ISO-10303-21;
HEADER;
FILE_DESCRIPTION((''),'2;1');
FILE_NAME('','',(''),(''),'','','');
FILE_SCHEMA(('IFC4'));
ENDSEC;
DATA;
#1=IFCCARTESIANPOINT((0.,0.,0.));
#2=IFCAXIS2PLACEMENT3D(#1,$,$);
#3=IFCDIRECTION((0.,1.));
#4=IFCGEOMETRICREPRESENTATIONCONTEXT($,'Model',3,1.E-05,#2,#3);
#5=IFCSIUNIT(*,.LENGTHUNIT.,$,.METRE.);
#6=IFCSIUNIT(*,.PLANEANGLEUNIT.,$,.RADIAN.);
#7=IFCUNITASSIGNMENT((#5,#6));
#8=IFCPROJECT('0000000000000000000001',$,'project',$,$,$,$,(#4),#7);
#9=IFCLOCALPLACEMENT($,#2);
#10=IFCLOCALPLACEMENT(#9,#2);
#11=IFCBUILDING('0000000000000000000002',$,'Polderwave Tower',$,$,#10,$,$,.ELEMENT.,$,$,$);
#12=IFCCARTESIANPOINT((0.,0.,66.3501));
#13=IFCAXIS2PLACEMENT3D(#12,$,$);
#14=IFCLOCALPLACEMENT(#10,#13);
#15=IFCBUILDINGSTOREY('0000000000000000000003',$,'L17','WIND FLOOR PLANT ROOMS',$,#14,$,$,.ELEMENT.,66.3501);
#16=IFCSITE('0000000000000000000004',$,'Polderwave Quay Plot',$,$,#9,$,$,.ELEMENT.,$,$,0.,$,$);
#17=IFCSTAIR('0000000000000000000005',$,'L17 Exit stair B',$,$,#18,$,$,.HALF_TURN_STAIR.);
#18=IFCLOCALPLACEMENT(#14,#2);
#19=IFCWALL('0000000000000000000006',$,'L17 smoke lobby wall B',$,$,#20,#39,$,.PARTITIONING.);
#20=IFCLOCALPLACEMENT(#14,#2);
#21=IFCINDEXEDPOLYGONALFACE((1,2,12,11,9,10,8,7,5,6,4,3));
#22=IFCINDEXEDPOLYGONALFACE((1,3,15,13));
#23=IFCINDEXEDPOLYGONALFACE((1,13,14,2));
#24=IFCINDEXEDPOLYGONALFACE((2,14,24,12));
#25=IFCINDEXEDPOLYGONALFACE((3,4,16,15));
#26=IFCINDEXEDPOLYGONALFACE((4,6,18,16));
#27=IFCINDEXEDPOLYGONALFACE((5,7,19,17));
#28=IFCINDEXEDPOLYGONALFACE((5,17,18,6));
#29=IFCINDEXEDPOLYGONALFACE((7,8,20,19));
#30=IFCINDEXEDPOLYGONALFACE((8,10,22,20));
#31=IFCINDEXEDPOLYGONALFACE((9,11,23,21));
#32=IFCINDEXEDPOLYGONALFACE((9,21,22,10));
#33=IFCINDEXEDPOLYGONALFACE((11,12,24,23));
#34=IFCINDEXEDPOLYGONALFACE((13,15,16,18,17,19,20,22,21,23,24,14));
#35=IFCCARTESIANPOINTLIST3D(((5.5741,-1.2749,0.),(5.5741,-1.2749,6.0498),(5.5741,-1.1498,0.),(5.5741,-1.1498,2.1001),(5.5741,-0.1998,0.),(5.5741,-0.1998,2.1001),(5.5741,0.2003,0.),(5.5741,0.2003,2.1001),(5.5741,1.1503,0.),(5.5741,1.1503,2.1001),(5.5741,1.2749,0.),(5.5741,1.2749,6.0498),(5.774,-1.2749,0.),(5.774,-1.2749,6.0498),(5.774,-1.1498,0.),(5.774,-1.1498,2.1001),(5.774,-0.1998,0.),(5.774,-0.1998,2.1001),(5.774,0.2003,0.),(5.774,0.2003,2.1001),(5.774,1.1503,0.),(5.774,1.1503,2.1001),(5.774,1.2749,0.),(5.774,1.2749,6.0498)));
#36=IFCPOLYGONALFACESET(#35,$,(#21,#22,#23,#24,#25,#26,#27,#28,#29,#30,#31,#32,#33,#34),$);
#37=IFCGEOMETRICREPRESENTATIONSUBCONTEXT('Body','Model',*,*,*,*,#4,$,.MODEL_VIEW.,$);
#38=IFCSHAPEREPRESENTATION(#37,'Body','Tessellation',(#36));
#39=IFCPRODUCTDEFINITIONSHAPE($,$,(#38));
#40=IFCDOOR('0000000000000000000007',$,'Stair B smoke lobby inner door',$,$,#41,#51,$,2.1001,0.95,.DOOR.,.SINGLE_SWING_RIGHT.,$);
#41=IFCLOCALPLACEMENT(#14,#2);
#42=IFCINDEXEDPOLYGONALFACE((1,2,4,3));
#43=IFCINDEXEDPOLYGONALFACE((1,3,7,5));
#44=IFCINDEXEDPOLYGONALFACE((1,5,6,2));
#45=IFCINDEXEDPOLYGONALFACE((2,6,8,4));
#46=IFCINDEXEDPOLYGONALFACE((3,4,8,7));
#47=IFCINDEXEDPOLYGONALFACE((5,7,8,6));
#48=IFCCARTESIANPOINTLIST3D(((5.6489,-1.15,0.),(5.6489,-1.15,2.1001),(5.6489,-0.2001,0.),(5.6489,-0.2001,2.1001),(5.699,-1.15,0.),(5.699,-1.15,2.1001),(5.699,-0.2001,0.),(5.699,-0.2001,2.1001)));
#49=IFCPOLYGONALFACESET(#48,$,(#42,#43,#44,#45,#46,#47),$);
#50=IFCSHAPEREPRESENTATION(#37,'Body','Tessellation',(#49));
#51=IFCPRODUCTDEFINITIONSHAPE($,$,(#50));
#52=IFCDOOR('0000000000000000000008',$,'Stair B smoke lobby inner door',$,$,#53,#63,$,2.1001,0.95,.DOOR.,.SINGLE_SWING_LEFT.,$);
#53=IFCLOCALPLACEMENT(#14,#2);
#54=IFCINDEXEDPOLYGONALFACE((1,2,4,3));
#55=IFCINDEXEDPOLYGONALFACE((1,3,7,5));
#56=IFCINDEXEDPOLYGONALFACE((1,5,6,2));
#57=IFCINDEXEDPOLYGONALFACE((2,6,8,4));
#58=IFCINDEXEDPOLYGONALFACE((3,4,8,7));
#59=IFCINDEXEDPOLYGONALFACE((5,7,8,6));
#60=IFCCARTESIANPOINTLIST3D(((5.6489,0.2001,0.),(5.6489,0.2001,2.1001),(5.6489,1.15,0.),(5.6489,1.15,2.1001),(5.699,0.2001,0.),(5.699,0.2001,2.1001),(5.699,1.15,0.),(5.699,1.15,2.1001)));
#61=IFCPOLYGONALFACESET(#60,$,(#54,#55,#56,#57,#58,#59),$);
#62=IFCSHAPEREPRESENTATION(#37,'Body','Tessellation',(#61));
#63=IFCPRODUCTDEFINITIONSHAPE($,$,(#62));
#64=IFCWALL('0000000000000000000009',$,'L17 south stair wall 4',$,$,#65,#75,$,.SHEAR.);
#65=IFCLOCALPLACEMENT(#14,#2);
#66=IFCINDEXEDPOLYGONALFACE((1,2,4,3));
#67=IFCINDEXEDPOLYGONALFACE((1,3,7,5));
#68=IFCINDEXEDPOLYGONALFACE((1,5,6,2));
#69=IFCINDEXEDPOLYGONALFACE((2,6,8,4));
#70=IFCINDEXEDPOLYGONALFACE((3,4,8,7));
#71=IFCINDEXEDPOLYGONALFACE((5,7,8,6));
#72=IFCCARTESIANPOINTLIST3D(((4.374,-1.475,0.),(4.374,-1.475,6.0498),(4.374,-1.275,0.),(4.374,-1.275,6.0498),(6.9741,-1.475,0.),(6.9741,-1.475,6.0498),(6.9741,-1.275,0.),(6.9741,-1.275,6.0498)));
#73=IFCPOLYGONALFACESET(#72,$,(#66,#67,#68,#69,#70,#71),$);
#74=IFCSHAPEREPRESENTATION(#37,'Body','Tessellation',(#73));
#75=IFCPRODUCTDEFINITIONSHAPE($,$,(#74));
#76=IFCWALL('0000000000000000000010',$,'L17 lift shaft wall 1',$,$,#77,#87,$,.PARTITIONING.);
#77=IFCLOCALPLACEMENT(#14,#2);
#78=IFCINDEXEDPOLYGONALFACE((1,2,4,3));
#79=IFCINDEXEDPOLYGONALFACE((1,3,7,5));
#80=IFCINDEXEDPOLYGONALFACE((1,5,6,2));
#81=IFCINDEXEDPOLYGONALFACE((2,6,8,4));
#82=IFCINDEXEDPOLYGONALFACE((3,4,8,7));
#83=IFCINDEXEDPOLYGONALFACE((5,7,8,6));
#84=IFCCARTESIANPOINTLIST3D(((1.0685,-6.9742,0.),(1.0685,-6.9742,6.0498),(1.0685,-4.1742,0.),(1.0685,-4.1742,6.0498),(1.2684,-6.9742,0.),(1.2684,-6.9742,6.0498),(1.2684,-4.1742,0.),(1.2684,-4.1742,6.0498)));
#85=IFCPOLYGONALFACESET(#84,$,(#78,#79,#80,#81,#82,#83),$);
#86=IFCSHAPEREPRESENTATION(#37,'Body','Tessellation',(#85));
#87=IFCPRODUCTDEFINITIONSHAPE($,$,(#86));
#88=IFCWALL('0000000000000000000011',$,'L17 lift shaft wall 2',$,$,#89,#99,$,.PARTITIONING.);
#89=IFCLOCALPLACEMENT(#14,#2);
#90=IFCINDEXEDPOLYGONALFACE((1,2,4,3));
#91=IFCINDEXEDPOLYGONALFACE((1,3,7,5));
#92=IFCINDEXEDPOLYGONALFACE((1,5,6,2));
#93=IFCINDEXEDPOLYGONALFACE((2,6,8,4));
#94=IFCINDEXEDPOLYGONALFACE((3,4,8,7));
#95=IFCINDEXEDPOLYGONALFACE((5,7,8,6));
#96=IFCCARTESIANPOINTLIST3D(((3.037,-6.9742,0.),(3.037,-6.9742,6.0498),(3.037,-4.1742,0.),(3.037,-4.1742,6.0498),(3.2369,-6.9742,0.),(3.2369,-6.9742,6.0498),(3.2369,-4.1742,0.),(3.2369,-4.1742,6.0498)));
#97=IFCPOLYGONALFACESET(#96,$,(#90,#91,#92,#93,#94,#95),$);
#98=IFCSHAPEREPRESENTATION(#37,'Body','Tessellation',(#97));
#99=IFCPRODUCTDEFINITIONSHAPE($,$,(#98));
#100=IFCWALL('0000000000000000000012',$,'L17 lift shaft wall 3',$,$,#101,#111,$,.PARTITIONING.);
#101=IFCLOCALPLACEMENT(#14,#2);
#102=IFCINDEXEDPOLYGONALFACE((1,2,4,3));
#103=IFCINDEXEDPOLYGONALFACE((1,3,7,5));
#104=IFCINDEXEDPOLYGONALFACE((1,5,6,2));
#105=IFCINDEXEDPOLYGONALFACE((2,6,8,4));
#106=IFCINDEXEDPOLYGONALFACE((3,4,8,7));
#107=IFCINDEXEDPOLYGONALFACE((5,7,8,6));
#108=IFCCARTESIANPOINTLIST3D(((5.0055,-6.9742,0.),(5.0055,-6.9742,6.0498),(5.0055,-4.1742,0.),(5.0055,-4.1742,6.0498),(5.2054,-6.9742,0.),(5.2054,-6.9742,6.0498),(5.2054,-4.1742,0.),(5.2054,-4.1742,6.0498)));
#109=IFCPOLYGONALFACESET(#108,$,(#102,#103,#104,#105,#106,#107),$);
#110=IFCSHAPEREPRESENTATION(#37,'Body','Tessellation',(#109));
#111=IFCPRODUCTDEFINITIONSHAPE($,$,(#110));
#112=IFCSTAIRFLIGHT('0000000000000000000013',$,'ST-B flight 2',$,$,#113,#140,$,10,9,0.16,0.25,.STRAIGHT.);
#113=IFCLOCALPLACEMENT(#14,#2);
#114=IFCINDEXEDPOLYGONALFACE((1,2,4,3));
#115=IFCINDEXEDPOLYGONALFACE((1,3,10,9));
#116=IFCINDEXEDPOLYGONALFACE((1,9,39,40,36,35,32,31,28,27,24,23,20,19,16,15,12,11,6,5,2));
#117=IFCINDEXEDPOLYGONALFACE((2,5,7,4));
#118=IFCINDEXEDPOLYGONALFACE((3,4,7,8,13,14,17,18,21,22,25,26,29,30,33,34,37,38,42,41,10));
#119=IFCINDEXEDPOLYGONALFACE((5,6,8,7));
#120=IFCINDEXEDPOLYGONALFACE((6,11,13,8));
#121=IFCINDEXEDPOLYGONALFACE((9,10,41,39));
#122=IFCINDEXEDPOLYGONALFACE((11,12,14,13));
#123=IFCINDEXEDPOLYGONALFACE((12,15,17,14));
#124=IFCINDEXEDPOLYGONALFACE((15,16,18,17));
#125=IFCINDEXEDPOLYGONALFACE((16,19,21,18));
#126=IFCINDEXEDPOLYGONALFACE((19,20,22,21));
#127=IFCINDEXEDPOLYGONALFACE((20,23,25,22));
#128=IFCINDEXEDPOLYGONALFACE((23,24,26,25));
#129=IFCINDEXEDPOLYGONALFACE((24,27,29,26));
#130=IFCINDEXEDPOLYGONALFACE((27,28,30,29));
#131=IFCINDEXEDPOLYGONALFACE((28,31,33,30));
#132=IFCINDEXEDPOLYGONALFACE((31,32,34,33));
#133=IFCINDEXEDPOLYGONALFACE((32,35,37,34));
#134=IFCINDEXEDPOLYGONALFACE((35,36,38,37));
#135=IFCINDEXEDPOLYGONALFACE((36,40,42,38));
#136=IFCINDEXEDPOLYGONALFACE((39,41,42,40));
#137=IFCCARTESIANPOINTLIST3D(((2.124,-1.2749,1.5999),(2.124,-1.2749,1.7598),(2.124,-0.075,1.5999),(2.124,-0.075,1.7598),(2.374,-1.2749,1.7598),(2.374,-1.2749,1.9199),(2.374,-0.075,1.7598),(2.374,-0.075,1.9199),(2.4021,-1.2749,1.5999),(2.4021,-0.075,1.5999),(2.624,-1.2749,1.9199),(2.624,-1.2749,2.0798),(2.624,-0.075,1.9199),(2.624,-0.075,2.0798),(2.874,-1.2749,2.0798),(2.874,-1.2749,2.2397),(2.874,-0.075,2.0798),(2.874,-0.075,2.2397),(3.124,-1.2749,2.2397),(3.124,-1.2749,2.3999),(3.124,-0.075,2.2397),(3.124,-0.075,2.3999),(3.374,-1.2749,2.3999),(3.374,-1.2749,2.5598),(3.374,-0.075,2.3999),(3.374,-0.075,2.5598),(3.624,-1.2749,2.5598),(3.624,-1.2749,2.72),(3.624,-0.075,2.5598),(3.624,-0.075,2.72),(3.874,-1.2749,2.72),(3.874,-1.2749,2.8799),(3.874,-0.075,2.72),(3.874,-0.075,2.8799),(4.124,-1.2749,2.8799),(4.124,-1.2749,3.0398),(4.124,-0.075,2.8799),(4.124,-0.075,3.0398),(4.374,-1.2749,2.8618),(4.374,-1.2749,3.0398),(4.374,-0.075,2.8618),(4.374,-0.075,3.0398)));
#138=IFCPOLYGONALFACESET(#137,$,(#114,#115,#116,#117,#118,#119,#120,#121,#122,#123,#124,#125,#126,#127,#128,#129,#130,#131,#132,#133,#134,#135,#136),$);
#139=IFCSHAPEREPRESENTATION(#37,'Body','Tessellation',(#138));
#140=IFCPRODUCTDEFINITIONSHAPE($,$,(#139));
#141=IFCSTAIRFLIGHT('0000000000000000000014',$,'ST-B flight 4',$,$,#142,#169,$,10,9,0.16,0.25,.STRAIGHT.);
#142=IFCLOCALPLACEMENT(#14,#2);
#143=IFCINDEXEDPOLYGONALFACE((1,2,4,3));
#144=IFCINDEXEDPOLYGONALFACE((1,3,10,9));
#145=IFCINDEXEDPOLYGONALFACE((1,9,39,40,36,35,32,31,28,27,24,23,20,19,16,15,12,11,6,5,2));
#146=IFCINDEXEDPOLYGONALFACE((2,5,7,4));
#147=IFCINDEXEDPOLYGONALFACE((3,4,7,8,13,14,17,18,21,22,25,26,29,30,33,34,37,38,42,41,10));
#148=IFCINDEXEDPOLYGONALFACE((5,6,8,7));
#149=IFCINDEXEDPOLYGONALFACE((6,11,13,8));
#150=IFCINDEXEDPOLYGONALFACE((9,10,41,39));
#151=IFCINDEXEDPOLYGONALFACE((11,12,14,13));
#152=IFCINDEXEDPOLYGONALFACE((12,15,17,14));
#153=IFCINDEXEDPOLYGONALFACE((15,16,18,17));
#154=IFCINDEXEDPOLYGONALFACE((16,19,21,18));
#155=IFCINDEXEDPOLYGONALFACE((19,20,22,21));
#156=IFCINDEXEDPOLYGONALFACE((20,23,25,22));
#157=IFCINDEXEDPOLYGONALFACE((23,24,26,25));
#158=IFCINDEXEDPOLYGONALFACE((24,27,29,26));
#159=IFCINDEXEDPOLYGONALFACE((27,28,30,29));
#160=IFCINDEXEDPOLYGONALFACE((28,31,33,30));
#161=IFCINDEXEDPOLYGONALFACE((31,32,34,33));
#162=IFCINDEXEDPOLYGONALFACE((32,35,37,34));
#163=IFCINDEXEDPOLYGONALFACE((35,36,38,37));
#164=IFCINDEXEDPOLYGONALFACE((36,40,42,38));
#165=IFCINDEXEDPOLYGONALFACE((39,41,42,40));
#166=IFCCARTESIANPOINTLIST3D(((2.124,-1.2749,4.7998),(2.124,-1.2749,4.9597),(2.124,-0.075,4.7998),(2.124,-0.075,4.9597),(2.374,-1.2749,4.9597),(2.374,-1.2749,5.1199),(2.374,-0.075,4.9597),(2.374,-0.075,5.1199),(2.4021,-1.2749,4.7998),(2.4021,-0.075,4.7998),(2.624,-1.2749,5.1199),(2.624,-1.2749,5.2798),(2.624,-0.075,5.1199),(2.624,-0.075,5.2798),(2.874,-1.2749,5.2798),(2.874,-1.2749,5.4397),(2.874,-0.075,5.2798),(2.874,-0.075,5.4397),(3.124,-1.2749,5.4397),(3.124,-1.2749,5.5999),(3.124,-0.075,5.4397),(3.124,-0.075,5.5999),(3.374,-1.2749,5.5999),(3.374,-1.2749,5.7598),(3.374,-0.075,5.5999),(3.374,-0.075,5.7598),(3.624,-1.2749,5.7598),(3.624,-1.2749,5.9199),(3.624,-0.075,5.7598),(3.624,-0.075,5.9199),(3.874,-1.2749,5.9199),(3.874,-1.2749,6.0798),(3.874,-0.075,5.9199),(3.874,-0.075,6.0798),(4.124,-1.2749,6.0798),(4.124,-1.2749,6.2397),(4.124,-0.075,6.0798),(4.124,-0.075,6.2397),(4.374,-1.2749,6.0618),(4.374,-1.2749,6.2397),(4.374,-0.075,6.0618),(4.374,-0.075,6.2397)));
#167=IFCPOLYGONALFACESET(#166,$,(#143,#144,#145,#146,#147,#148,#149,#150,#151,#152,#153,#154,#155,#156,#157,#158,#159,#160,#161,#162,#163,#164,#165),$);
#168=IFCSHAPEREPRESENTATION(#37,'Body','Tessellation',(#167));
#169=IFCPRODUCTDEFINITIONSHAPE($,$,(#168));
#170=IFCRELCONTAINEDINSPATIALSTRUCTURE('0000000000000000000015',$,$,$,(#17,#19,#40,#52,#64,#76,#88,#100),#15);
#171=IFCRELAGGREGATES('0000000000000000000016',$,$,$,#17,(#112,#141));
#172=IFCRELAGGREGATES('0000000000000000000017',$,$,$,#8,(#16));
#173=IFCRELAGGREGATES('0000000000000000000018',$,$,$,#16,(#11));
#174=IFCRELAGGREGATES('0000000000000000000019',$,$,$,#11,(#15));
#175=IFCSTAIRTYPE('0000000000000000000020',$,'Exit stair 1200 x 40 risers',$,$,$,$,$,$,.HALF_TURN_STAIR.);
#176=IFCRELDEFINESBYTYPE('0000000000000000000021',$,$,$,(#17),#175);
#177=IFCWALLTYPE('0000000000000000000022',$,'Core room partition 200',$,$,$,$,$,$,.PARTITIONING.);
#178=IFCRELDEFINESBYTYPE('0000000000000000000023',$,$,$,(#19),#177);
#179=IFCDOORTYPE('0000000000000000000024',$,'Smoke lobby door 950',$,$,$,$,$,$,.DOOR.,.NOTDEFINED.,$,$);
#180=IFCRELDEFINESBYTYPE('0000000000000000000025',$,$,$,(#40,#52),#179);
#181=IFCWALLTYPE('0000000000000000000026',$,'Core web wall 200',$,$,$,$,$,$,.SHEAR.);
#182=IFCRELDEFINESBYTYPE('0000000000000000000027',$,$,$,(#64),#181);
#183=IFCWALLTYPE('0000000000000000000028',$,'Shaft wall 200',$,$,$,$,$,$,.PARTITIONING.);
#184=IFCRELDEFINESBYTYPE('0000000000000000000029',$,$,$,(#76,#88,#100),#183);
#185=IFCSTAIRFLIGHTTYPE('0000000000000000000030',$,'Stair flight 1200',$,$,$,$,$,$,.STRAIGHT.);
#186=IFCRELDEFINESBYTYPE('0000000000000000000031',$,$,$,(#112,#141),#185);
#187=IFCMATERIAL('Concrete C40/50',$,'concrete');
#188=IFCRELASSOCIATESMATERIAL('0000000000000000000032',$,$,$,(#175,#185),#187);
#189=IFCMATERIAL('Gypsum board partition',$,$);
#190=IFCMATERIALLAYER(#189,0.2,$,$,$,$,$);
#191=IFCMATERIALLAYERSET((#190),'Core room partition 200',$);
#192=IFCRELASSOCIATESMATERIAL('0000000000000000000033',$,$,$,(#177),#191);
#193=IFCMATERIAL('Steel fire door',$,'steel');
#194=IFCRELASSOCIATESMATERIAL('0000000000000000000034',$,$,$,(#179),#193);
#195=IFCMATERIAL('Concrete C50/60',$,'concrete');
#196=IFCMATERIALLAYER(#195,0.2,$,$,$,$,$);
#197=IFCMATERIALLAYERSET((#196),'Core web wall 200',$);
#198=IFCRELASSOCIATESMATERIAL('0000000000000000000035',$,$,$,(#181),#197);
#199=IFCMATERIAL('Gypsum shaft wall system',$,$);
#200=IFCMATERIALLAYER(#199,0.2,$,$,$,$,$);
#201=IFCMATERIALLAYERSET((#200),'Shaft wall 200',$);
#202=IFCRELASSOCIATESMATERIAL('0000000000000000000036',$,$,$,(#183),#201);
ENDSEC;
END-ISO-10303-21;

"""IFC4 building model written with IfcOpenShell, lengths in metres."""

from ifc_helpers import new_model, si_unit, direction, frame, frame_2d, origin, place, context, subcontext, project, spatial, polyline, rectangle, outline, extrude, material, layer, layer_set, type_object, element, fill, aggregate, save


model = new_model("IFC4")

# Units and contexts
model_context = context("Model", 3, precision=1e-05, world=origin(), true_north=direction((0.0, 1.0)))
body_context = subcontext(model_context, "Body", "Model", "MODEL_VIEW")
ifc_project = project(units=[si_unit("LENGTHUNIT", "METRE"), si_unit("PLANEANGLEUNIT", "RADIAN")], contexts=[model_context])

# Site, building, storey
site_placement = place(None, origin())
site = spatial("IfcSite", under=ifc_project, at=site_placement, Name="Polderwave Quay Plot", CompositionType="ELEMENT", RefElevation=0.0)
building_placement = place(site_placement, origin())
building = spatial("IfcBuilding", under=site, at=building_placement, Name="Polderwave Tower", CompositionType="ELEMENT")
storey_placement = place(building_placement, frame((0.0, 0.0, 66.3501)))
storey = spatial("IfcBuildingStorey", under=building, at=storey_placement, Name="L17", Description="WIND FLOOR PLANT ROOMS", CompositionType="ELEMENT", Elevation=66.3501)

# Stair
ifc_material_1 = material(Name="Concrete C40/50", Category="concrete")
stair_type = type_object("IfcStairType", Name="Exit stair 1200 x 40 risers", PredefinedType="HALF_TURN_STAIR", material=ifc_material_1)
stair_1_placement = place(storey_placement, origin())
stair_1 = element("IfcStair", 1, at=stair_1_placement, inside=storey, type_object=stair_type, Name="L17 Exit stair B", PredefinedType="HALF_TURN_STAIR")

# Wall, openings, doors
ifc_material_2 = material(Name="Steel fire door", Category="steel")
ifc_material_3 = material(Name="Gypsum board partition")
ifc_layer_1 = layer(ifc_material_3, 0.2)
ifc_layer_set_1 = layer_set([ifc_layer_1], Name="Core room partition 200")
wall_type_1 = type_object("IfcWallType", Name="Core room partition 200", PredefinedType="PARTITIONING", material=ifc_layer_set_1)
wall_1_placement = place(storey_placement, frame((5.6741, -1.2749, 0.0), z_axis=(0.0, 0.0, 1.0), x_axis=(0.0, 1.0, 0.0)))
wall_1 = element("IfcWall", 2, at=wall_1_placement, inside=storey, type_object=wall_type_1, Name="L17 smoke lobby wall B", PredefinedType="PARTITIONING", context=body_context, shape_type="SweptSolid", body=[
    extrude(rectangle(XDim=2.5498, YDim=0.2, at=frame_2d((1.2749, 0.0))), origin(), (0.0, 0.0, 1.0), 6.0498),
])
opening_1_placement = place(wall_1_placement, frame((0.125, 0.0, 0.0)))
opening_1 = element("IfcOpeningElement", 3, at=opening_1_placement, cuts=wall_1, PredefinedType="OPENING", context=body_context, shape_type="SweptSolid", body=[
    extrude(rectangle(XDim=0.95, YDim=2.1001, at=frame_2d((0.4751, 1.05))), frame((0.0, 0.1099, 0.0), z_axis=(0.0, -1.0, 0.0), x_axis=(1.0, 0.0, 0.0)), (0.0, 0.0, 1.0), 0.22),
])
opening_2_placement = place(wall_1_placement, frame((1.4751, 0.0, 0.0)))
opening_2 = element("IfcOpeningElement", 4, at=opening_2_placement, cuts=wall_1, PredefinedType="OPENING", context=body_context, shape_type="SweptSolid", body=[
    extrude(rectangle(XDim=0.95, YDim=2.1001, at=frame_2d((0.4751, 1.05))), frame((0.0, 0.1099, 0.0), z_axis=(0.0, -1.0, 0.0), x_axis=(1.0, 0.0, 0.0)), (0.0, 0.0, 1.0), 0.22),
])
door_type_1 = type_object("IfcDoorType", Name="Smoke lobby door 950", OperationType="NOTDEFINED", PredefinedType="DOOR", material=ifc_material_2)
door_1_placement = place(opening_1_placement, frame((0.95, 0.0, 0.0), z_axis=(0.0, 0.0, 1.0), x_axis=(-1.0, 0.0, 0.0)))
door_1 = element("IfcDoor", 5, at=door_1_placement, inside=storey, type_object=door_type_1, Name="Stair B smoke lobby inner door", OperationType="SINGLE_SWING_RIGHT", OverallHeight=2.1001, OverallWidth=0.95, PredefinedType="DOOR", context=body_context, shape_type="SweptSolid", body=[
    extrude(rectangle(XDim=0.95, YDim=2.1001, at=frame_2d((0.4751, 1.05))), frame((0.0, 0.0249, 0.0), z_axis=(0.0, -1.0, 0.0), x_axis=(1.0, 0.0, 0.0)), (0.0, 0.0, 1.0), 0.05),
])
fill(opening_1, door_1)
door_2_placement = place(opening_2_placement, frame((0.95, 0.0, 0.0), z_axis=(0.0, 0.0, 1.0), x_axis=(-1.0, 0.0, 0.0)))
door_2 = element("IfcDoor", 6, at=door_2_placement, inside=storey, type_object=door_type_1, Name="Stair B smoke lobby inner door", OperationType="SINGLE_SWING_LEFT", OverallHeight=2.1001, OverallWidth=0.95, PredefinedType="DOOR", context=body_context, shape_type="SweptSolid", body=[
    extrude(rectangle(XDim=0.95, YDim=2.1001, at=frame_2d((0.4751, 1.05))), frame((0.0, 0.0249, 0.0), z_axis=(0.0, -1.0, 0.0), x_axis=(1.0, 0.0, 0.0)), (0.0, 0.0, 1.0), 0.05),
])
fill(opening_2, door_2)

# Walls
ifc_material_4 = material(Name="Concrete C50/60", Category="concrete")
ifc_layer_2 = layer(ifc_material_4, 0.2)
ifc_layer_set_2 = layer_set([ifc_layer_2], Name="Core web wall 200")
wall_type_2 = type_object("IfcWallType", Name="Core web wall 200", PredefinedType="SHEAR", material=ifc_layer_set_2)
wall_2_placement = place(storey_placement, frame((4.374, -1.375, 0.0), z_axis=(0.0, 0.0, 1.0), x_axis=(1.0, 0.0, 0.0)))
element("IfcWall", 7, at=wall_2_placement, inside=storey, type_object=wall_type_2, Name="L17 south stair wall 4", PredefinedType="SHEAR", context=body_context, shape_type="SweptSolid", body=[
    extrude(rectangle(XDim=2.6001, YDim=0.2, at=frame_2d((1.3, 0.0))), origin(), (0.0, 0.0, 1.0), 6.0498),
])
ifc_material_5 = material(Name="Gypsum shaft wall system")
ifc_layer_3 = layer(ifc_material_5, 0.2)
ifc_layer_set_3 = layer_set([ifc_layer_3], Name="Shaft wall 200")
wall_type_3 = type_object("IfcWallType", Name="Shaft wall 200", PredefinedType="PARTITIONING", material=ifc_layer_set_3)
for number, where, z_axis, x_axis, name in (
    (8, (1.1685, -6.9741, 0.0), (0.0, 0.0, 1.0), (0.0, 1.0, 0.0), "L17 lift shaft wall 1"),
    (9, (3.137, -6.9741, 0.0), (0.0, 0.0, 1.0), (0.0, 1.0, 0.0), "L17 lift shaft wall 2"),
    (10, (5.1055, -6.9741, 0.0), (0.0, 0.0, 1.0), (0.0, 1.0, 0.0), "L17 lift shaft wall 3"),
):
    element("IfcWall", number, at=place(storey_placement, frame(where, z_axis=z_axis, x_axis=x_axis)), inside=storey, type_object=wall_type_3, Name=name, PredefinedType="PARTITIONING", context=body_context, shape_type="SweptSolid", body=[
        extrude(rectangle(XDim=2.8, YDim=0.2, at=frame_2d((1.3999, 0.0))), origin(), (0.0, 0.0, 1.0), 6.0498),
    ])

# Stair flights
stair_flight_type = type_object("IfcStairFlightType", Name="Stair flight 1200", PredefinedType="STRAIGHT", material=ifc_material_1)
stair_flight_1_placement = place(storey_placement, frame((2.124, -0.675, 1.5999), z_axis=(0.0, 0.0, 1.0), x_axis=(1.0, 0.0, 0.0)))
stair_flight_1 = element("IfcStairFlight", 11, at=stair_flight_1_placement, type_object=stair_flight_type, Name="ST-B flight 2", NumberOfRisers=10, NumberOfTreads=9, PredefinedType="STRAIGHT", RiserHeight=0.16, TreadLength=0.25, context=body_context, shape_type="SweptSolid", body=[
    extrude(outline(polyline([(0.0, 0.0), (0.0, 0.1599), (0.25, 0.1599), (0.25, 0.3201), (0.5, 0.3201), (0.5, 0.48), (0.75, 0.48), (0.75, 0.6399), (1.0, 0.6399), (1.0, 0.8), (1.25, 0.8), (1.25, 0.96), (1.5, 0.96), (1.5, 1.1201), (1.75, 1.1201), (1.75, 1.28), (2.0, 1.28), (2.0, 1.4399), (2.25, 1.4399), (2.25, 1.6001), (2.25, 1.262), (0.2781, 0.0), (0.0, 0.0)])), frame((0.0, 0.6001, 0.0), z_axis=(0.0, -1.0, 0.0), x_axis=(1.0, 0.0, 0.0)), (0.0, 0.0, 1.0), 1.2),
])
stair_flight_2_placement = place(storey_placement, frame((2.124, -0.675, 4.7998), z_axis=(0.0, 0.0, 1.0), x_axis=(1.0, 0.0, 0.0)))
stair_flight_2 = element("IfcStairFlight", 12, at=stair_flight_2_placement, type_object=stair_flight_type, Name="ST-B flight 4", NumberOfRisers=10, NumberOfTreads=9, PredefinedType="STRAIGHT", RiserHeight=0.16, TreadLength=0.25, context=body_context, shape_type="SweptSolid", body=[
    extrude(outline(polyline([(0.0, 0.0), (0.0, 0.1599), (0.25, 0.1599), (0.25, 0.3201), (0.5, 0.3201), (0.5, 0.48), (0.75, 0.48), (0.75, 0.6399), (1.0, 0.6399), (1.0, 0.8), (1.25, 0.8), (1.25, 0.96), (1.5, 0.96), (1.5, 1.1201), (1.75, 1.1201), (1.75, 1.28), (2.0, 1.28), (2.0, 1.4399), (2.25, 1.4399), (2.25, 1.6001), (2.25, 1.262), (0.2781, 0.0), (0.0, 0.0)])), frame((0.0, 0.6001, 0.0), z_axis=(0.0, -1.0, 0.0), x_axis=(1.0, 0.0, 0.0)), (0.0, 0.0, 1.0), 1.2),
])
aggregate(stair_1, [stair_flight_1, stair_flight_2])

save(model, "model.ifc")
